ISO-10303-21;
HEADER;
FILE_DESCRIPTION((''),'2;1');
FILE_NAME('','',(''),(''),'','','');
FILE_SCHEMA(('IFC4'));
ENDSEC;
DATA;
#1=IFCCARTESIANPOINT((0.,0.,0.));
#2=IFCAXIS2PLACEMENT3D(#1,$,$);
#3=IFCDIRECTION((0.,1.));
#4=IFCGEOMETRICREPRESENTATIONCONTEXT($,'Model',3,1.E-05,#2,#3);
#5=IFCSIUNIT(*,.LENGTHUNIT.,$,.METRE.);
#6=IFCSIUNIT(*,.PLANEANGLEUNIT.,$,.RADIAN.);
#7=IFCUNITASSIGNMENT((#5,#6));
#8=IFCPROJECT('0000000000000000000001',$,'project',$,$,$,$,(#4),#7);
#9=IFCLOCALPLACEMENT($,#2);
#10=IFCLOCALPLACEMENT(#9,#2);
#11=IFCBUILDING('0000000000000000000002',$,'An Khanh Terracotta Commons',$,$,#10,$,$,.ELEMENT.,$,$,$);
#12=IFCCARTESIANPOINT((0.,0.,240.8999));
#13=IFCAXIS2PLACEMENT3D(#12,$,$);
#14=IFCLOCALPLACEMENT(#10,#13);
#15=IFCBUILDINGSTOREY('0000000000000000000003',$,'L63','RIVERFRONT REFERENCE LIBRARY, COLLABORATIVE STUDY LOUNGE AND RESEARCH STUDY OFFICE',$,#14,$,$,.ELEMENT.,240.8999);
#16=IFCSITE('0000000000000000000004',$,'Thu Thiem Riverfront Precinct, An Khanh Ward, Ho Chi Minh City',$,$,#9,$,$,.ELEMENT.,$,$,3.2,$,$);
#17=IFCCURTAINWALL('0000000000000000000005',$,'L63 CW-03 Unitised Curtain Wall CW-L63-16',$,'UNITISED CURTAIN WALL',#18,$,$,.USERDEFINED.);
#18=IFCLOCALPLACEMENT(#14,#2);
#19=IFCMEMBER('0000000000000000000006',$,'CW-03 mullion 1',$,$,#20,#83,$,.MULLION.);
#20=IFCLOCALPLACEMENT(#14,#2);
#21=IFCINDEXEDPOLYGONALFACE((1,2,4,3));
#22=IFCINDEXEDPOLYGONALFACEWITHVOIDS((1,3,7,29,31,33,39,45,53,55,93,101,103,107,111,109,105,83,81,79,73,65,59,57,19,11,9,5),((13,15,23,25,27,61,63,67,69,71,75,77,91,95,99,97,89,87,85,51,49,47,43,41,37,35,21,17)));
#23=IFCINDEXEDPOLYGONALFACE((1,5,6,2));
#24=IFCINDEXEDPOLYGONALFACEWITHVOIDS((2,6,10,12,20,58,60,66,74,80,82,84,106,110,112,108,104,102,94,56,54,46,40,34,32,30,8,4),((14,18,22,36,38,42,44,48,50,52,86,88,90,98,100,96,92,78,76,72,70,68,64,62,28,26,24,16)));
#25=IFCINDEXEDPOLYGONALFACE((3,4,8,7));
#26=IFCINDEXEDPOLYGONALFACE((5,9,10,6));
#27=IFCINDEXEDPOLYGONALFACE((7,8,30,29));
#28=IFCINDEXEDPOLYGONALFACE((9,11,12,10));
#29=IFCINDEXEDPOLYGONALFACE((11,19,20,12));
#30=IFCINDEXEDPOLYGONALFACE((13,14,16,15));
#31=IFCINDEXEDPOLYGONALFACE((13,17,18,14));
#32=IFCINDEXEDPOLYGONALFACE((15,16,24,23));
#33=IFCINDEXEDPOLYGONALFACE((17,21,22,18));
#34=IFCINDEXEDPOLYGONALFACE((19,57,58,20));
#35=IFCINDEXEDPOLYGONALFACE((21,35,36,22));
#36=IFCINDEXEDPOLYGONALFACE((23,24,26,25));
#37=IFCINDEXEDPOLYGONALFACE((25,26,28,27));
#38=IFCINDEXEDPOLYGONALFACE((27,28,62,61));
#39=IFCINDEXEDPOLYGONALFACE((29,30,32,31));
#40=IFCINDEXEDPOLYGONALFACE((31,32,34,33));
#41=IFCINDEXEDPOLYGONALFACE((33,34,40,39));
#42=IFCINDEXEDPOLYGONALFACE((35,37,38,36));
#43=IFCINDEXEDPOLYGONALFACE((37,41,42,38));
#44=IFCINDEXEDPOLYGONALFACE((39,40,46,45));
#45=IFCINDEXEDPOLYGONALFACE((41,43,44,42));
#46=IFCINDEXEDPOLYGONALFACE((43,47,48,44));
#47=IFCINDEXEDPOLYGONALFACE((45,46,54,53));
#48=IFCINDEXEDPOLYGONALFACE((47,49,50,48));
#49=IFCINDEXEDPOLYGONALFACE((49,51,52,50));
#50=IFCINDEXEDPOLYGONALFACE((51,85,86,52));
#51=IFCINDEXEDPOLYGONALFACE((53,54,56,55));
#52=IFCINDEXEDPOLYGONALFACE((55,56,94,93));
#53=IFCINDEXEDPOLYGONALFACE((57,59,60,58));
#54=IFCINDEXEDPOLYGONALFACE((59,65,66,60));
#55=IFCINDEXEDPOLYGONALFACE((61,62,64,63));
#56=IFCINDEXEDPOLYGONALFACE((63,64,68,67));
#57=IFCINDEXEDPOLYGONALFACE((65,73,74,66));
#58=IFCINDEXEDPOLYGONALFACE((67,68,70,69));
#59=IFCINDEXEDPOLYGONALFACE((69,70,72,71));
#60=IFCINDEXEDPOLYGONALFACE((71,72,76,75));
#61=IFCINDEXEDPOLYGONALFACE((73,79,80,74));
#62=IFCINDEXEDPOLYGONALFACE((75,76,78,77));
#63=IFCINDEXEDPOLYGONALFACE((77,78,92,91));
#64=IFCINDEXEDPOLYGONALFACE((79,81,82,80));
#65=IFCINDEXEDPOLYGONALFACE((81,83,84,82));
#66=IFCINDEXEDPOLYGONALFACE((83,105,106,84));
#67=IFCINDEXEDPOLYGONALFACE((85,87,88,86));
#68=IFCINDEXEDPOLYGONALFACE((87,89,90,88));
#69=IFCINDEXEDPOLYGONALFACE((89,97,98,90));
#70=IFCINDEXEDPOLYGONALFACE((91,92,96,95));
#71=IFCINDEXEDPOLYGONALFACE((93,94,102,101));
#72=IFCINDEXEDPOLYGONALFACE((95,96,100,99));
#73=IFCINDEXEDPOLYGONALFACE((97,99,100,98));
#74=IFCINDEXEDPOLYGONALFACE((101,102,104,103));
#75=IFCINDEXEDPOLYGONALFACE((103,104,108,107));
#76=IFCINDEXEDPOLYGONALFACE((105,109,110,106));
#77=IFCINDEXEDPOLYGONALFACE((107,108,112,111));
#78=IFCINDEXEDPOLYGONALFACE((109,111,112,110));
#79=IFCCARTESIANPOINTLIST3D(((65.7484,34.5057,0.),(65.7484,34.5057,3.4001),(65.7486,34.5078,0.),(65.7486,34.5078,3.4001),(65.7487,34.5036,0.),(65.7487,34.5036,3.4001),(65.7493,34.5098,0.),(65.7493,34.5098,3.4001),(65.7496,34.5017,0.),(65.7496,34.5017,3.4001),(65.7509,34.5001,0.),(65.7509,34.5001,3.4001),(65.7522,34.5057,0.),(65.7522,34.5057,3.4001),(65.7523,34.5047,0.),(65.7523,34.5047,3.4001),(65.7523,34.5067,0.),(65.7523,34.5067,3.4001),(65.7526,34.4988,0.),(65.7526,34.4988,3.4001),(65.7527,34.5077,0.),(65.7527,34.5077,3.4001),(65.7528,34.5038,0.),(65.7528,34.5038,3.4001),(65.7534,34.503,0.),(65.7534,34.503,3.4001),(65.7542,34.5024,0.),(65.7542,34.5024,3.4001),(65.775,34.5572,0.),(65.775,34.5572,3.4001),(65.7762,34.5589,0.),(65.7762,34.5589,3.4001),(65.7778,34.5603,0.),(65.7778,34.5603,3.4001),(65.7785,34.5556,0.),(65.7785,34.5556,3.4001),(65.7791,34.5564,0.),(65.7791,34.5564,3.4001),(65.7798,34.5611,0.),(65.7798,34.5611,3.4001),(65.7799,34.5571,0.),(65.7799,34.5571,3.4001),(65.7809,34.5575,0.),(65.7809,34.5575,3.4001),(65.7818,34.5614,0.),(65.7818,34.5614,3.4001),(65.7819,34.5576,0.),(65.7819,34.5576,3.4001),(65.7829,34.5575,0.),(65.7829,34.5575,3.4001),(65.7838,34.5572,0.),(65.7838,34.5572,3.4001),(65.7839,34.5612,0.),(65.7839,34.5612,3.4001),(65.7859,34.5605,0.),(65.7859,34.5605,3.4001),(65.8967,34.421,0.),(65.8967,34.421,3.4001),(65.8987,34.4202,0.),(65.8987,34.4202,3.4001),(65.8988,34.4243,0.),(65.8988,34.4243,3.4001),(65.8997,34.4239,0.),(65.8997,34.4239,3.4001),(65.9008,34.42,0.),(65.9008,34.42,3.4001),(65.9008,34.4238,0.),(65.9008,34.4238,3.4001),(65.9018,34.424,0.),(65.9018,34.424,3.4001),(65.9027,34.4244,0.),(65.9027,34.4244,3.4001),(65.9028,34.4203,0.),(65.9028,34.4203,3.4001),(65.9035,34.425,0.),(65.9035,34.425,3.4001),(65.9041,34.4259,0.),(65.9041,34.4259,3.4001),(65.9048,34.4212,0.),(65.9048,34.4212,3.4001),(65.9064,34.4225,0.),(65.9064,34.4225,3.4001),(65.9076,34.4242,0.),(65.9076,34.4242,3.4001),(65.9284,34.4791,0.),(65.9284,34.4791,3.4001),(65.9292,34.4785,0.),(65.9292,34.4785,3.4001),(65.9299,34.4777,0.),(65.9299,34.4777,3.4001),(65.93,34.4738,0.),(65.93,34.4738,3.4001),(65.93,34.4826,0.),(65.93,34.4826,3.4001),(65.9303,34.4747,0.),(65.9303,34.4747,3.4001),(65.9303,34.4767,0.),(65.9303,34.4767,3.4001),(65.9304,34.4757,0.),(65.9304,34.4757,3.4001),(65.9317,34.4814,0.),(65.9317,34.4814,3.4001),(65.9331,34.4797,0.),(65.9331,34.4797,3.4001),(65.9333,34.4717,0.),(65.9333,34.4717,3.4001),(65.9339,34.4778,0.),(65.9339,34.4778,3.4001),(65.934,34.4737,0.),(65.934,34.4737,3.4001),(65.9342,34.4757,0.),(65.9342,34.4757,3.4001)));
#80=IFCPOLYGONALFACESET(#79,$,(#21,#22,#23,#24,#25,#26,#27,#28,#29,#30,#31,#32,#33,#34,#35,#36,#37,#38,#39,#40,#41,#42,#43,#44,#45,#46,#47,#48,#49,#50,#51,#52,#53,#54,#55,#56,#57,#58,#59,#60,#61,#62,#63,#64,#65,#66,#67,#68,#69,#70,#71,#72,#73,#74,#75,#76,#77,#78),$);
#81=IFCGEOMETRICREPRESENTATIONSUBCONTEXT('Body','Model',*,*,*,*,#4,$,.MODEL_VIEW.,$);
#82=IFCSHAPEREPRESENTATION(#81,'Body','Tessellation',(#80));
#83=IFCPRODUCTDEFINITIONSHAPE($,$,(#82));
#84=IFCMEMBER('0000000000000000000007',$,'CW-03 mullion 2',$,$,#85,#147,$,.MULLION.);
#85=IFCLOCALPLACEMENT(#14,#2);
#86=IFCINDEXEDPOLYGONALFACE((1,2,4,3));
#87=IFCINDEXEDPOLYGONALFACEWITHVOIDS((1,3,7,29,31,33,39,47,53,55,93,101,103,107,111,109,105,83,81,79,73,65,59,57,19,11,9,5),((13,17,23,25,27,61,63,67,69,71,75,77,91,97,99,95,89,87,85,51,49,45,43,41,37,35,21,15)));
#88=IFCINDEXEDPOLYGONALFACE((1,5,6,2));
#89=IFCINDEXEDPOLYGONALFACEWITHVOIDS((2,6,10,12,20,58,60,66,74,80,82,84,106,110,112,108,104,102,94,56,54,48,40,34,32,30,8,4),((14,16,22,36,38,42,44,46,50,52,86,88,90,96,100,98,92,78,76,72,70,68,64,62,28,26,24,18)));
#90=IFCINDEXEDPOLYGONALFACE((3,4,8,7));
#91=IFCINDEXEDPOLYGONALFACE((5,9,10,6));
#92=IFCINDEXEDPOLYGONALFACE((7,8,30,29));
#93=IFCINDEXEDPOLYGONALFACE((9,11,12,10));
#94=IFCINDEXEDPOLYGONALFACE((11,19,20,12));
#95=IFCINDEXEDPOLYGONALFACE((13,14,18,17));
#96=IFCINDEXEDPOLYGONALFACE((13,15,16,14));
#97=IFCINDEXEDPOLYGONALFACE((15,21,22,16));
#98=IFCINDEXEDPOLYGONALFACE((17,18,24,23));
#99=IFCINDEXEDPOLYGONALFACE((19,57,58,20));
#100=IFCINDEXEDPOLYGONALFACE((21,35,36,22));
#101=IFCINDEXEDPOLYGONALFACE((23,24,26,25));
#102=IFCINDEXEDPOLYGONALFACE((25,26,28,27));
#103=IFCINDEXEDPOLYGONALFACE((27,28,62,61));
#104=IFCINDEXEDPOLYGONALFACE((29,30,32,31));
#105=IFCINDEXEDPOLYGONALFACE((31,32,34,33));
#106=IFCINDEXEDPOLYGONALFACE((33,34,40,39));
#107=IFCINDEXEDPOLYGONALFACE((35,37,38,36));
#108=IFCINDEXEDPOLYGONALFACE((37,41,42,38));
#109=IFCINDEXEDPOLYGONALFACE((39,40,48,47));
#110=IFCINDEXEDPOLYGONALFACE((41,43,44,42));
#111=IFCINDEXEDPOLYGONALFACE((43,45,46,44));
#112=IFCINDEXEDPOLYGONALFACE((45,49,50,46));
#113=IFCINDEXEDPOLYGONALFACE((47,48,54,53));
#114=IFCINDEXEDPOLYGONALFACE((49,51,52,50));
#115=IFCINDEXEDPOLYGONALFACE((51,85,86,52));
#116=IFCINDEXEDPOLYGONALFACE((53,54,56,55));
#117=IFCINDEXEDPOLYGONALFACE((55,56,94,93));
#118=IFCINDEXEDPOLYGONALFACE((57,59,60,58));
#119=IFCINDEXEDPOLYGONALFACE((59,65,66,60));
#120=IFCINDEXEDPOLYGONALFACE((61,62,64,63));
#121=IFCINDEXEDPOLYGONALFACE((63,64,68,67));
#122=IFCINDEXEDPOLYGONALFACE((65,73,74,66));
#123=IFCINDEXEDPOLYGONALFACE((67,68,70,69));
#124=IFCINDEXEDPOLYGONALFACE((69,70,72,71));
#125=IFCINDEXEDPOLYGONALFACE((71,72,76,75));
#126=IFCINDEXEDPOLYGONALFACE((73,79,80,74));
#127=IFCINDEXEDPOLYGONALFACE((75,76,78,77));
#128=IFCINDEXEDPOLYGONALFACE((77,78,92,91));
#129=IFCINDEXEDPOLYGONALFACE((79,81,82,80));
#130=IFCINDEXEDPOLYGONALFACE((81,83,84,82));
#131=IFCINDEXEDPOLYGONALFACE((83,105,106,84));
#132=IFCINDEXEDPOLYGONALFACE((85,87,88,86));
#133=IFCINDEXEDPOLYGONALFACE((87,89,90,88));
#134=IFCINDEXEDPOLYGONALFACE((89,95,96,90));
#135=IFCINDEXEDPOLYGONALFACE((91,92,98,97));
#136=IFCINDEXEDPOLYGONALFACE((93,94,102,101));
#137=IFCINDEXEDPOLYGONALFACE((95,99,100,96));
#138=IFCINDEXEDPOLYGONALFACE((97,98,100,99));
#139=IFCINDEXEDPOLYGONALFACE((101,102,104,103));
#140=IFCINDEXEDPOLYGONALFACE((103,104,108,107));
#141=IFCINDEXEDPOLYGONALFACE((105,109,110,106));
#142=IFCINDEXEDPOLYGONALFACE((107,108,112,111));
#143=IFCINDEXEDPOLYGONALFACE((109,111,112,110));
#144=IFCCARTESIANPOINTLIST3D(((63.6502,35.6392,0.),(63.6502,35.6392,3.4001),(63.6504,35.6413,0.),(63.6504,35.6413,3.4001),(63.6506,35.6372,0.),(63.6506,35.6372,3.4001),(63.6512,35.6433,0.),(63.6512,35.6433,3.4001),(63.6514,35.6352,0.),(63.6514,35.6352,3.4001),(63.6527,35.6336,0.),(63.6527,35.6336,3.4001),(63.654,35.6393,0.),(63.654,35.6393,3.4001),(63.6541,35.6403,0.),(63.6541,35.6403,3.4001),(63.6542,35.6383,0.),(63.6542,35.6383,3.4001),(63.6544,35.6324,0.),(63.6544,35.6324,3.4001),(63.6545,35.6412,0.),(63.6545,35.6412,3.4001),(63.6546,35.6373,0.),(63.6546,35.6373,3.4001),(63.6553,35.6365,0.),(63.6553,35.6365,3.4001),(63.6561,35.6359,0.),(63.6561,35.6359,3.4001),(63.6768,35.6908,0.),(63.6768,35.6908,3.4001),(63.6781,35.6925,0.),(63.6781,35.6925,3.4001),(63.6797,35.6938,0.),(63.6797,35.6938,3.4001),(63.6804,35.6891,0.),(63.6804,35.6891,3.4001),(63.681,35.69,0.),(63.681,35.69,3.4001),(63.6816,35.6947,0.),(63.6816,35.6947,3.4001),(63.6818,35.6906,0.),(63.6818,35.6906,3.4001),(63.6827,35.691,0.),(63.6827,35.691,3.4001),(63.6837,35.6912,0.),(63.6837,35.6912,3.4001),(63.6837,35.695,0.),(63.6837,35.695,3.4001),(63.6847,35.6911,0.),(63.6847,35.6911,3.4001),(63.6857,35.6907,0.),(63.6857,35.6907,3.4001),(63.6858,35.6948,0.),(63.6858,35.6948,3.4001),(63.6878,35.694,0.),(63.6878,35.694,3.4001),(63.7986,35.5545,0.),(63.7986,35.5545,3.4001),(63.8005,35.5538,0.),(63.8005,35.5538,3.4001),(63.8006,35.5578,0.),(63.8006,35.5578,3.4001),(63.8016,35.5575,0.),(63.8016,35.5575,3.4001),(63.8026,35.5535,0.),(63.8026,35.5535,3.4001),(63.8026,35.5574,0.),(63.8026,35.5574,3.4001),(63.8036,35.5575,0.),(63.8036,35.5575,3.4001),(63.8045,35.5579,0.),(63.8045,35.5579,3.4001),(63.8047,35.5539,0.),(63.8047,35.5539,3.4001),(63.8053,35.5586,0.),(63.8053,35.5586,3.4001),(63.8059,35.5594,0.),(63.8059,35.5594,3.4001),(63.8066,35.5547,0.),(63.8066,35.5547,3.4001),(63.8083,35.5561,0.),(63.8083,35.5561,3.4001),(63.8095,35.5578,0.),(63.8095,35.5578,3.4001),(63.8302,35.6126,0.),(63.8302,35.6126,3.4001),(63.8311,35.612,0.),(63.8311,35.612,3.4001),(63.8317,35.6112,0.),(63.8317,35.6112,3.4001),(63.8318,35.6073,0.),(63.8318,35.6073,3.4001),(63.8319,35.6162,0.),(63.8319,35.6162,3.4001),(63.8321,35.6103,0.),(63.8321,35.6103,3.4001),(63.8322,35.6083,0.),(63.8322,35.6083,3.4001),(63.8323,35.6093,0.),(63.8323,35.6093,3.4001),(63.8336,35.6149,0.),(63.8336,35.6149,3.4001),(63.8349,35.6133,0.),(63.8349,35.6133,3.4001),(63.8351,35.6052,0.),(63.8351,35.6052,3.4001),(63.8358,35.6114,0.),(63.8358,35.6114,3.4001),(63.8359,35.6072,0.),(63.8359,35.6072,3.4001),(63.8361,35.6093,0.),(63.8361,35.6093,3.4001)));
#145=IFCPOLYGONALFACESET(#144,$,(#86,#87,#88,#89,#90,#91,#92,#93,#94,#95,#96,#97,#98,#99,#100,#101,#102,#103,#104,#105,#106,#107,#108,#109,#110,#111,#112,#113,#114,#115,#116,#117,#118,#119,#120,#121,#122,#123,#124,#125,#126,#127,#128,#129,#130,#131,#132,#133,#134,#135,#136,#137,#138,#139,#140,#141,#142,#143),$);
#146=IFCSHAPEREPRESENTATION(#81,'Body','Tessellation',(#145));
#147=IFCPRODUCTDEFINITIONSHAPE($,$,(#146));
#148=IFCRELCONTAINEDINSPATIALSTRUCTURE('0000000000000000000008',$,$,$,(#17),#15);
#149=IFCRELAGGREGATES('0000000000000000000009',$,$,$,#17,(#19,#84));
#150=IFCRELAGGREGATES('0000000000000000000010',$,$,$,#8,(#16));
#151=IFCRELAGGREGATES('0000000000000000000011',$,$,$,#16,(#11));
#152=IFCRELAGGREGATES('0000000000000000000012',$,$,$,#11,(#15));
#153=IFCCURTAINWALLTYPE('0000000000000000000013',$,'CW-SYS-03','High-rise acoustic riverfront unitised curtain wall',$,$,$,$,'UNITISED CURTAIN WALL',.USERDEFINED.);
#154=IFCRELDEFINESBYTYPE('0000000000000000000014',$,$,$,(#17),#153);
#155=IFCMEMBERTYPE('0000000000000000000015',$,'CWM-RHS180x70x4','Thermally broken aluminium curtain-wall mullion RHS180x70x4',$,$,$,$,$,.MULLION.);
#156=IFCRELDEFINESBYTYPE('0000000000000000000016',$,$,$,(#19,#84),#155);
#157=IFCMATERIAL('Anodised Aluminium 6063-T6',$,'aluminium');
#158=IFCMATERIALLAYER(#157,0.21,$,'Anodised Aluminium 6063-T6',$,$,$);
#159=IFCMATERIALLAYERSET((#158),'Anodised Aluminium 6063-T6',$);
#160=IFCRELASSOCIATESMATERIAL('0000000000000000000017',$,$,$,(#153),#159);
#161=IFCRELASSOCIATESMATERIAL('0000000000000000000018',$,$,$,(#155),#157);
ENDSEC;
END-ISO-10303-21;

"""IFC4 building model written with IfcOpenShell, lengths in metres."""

from ifc_helpers import new_model, si_unit, direction, frame, origin, origin_2d, place, context, subcontext, project, spatial, hollow_rectangle, extrude, material, layer, layer_set, material_profile, profile_set, type_object, element, aggregate, save


model = new_model("IFC4")

# Units and contexts
model_context = context("Model", 3, precision=1e-05, world=origin(), true_north=direction((0.0, 1.0)))
body_context = subcontext(model_context, "Body", "Model", "MODEL_VIEW")
ifc_project = project(units=[si_unit("LENGTHUNIT", "METRE"), si_unit("PLANEANGLEUNIT", "RADIAN")], contexts=[model_context])

# Site, building, storey
site_placement = place(None, origin())
site = spatial("IfcSite", under=ifc_project, at=site_placement, Name="Thu Thiem Riverfront Precinct, An Khanh Ward, Ho Chi Minh City", CompositionType="ELEMENT", RefElevation=3.2)
building_placement = place(site_placement, origin())
building = spatial("IfcBuilding", under=site, at=building_placement, Name="An Khanh Terracotta Commons", CompositionType="ELEMENT")
storey_placement = place(building_placement, frame((0.0, 0.0, 240.8999)))
storey = spatial("IfcBuildingStorey", under=building, at=storey_placement, Name="L63", Description="RIVERFRONT REFERENCE LIBRARY, COLLABORATIVE STUDY LOUNGE AND RESEARCH STUDY OFFICE", CompositionType="ELEMENT", Elevation=240.8999)

# Curtain wall, members
ifc_material_1 = material(Name="Anodised Aluminium 6063-T6", Category="aluminium")
ifc_layer_1 = layer(ifc_material_1, 0.21, Name="Anodised Aluminium 6063-T6")
ifc_layer_set_1 = layer_set([ifc_layer_1], Name="Anodised Aluminium 6063-T6")
curtain_wall_type = type_object("IfcCurtainWallType", Name="CW-SYS-03", Description="High-rise acoustic riverfront unitised curtain wall", ElementType="UNITISED CURTAIN WALL", PredefinedType="USERDEFINED", material=ifc_layer_set_1)
curtain_wall_placement = place(storey_placement, origin())
curtain_wall = element("IfcCurtainWall", 1, at=curtain_wall_placement, inside=storey, type_object=curtain_wall_type, Name="L63 CW-03 Unitised Curtain Wall CW-L63-16", ObjectType="UNITISED CURTAIN WALL", PredefinedType="USERDEFINED")
ifc_material_profile_1 = material_profile(ifc_material_1, hollow_rectangle(XDim=0.0701, YDim=0.1799, WallThickness=0.0039, InnerFilletRadius=0.0039, OuterFilletRadius=0.0081, at=origin_2d()), Name="RHS180x70x4")
ifc_profile_set_1 = profile_set([ifc_material_profile_1], Name="Anodised Aluminium 6063-T6")
member_type_1 = type_object("IfcMemberType", Name="CWM-RHS180x70x4", Description="Thermally broken aluminium curtain-wall mullion RHS180x70x4", PredefinedType="MULLION", material=ifc_profile_set_1)
member_1_placement = place(storey_placement, frame((65.8413, 34.4907, 0.0), z_axis=(0.0, 0.0, 1.0), x_axis=(-0.475381, -0.87978, 0.0)))
member_1 = element("IfcMember", 2, at=member_1_placement, type_object=member_type_1, Name="CW-03 mullion 1", PredefinedType="MULLION", context=body_context, shape_type="SweptSolid", body=[
    extrude(hollow_rectangle(XDim=0.0701, YDim=0.1799, WallThickness=0.0039, InnerFilletRadius=0.0039, OuterFilletRadius=0.0081, at=origin_2d()), origin(), (0.0, 0.0, 1.0), 3.4001),
])
member_2_placement = place(storey_placement, frame((63.7432, 35.6243, 0.0), z_axis=(0.0, 0.0, 1.0), x_axis=(-0.475381, -0.87978, 0.0)))
member_2 = element("IfcMember", 3, at=member_2_placement, type_object=member_type_1, Name="CW-03 mullion 2", PredefinedType="MULLION", context=body_context, shape_type="SweptSolid", body=[
    extrude(hollow_rectangle(XDim=0.0701, YDim=0.1799, WallThickness=0.0039, InnerFilletRadius=0.0039, OuterFilletRadius=0.0081, at=origin_2d()), origin(), (0.0, 0.0, 1.0), 3.4001),
])
aggregate(curtain_wall, [member_1, member_2])

save(model, "model.ifc")
